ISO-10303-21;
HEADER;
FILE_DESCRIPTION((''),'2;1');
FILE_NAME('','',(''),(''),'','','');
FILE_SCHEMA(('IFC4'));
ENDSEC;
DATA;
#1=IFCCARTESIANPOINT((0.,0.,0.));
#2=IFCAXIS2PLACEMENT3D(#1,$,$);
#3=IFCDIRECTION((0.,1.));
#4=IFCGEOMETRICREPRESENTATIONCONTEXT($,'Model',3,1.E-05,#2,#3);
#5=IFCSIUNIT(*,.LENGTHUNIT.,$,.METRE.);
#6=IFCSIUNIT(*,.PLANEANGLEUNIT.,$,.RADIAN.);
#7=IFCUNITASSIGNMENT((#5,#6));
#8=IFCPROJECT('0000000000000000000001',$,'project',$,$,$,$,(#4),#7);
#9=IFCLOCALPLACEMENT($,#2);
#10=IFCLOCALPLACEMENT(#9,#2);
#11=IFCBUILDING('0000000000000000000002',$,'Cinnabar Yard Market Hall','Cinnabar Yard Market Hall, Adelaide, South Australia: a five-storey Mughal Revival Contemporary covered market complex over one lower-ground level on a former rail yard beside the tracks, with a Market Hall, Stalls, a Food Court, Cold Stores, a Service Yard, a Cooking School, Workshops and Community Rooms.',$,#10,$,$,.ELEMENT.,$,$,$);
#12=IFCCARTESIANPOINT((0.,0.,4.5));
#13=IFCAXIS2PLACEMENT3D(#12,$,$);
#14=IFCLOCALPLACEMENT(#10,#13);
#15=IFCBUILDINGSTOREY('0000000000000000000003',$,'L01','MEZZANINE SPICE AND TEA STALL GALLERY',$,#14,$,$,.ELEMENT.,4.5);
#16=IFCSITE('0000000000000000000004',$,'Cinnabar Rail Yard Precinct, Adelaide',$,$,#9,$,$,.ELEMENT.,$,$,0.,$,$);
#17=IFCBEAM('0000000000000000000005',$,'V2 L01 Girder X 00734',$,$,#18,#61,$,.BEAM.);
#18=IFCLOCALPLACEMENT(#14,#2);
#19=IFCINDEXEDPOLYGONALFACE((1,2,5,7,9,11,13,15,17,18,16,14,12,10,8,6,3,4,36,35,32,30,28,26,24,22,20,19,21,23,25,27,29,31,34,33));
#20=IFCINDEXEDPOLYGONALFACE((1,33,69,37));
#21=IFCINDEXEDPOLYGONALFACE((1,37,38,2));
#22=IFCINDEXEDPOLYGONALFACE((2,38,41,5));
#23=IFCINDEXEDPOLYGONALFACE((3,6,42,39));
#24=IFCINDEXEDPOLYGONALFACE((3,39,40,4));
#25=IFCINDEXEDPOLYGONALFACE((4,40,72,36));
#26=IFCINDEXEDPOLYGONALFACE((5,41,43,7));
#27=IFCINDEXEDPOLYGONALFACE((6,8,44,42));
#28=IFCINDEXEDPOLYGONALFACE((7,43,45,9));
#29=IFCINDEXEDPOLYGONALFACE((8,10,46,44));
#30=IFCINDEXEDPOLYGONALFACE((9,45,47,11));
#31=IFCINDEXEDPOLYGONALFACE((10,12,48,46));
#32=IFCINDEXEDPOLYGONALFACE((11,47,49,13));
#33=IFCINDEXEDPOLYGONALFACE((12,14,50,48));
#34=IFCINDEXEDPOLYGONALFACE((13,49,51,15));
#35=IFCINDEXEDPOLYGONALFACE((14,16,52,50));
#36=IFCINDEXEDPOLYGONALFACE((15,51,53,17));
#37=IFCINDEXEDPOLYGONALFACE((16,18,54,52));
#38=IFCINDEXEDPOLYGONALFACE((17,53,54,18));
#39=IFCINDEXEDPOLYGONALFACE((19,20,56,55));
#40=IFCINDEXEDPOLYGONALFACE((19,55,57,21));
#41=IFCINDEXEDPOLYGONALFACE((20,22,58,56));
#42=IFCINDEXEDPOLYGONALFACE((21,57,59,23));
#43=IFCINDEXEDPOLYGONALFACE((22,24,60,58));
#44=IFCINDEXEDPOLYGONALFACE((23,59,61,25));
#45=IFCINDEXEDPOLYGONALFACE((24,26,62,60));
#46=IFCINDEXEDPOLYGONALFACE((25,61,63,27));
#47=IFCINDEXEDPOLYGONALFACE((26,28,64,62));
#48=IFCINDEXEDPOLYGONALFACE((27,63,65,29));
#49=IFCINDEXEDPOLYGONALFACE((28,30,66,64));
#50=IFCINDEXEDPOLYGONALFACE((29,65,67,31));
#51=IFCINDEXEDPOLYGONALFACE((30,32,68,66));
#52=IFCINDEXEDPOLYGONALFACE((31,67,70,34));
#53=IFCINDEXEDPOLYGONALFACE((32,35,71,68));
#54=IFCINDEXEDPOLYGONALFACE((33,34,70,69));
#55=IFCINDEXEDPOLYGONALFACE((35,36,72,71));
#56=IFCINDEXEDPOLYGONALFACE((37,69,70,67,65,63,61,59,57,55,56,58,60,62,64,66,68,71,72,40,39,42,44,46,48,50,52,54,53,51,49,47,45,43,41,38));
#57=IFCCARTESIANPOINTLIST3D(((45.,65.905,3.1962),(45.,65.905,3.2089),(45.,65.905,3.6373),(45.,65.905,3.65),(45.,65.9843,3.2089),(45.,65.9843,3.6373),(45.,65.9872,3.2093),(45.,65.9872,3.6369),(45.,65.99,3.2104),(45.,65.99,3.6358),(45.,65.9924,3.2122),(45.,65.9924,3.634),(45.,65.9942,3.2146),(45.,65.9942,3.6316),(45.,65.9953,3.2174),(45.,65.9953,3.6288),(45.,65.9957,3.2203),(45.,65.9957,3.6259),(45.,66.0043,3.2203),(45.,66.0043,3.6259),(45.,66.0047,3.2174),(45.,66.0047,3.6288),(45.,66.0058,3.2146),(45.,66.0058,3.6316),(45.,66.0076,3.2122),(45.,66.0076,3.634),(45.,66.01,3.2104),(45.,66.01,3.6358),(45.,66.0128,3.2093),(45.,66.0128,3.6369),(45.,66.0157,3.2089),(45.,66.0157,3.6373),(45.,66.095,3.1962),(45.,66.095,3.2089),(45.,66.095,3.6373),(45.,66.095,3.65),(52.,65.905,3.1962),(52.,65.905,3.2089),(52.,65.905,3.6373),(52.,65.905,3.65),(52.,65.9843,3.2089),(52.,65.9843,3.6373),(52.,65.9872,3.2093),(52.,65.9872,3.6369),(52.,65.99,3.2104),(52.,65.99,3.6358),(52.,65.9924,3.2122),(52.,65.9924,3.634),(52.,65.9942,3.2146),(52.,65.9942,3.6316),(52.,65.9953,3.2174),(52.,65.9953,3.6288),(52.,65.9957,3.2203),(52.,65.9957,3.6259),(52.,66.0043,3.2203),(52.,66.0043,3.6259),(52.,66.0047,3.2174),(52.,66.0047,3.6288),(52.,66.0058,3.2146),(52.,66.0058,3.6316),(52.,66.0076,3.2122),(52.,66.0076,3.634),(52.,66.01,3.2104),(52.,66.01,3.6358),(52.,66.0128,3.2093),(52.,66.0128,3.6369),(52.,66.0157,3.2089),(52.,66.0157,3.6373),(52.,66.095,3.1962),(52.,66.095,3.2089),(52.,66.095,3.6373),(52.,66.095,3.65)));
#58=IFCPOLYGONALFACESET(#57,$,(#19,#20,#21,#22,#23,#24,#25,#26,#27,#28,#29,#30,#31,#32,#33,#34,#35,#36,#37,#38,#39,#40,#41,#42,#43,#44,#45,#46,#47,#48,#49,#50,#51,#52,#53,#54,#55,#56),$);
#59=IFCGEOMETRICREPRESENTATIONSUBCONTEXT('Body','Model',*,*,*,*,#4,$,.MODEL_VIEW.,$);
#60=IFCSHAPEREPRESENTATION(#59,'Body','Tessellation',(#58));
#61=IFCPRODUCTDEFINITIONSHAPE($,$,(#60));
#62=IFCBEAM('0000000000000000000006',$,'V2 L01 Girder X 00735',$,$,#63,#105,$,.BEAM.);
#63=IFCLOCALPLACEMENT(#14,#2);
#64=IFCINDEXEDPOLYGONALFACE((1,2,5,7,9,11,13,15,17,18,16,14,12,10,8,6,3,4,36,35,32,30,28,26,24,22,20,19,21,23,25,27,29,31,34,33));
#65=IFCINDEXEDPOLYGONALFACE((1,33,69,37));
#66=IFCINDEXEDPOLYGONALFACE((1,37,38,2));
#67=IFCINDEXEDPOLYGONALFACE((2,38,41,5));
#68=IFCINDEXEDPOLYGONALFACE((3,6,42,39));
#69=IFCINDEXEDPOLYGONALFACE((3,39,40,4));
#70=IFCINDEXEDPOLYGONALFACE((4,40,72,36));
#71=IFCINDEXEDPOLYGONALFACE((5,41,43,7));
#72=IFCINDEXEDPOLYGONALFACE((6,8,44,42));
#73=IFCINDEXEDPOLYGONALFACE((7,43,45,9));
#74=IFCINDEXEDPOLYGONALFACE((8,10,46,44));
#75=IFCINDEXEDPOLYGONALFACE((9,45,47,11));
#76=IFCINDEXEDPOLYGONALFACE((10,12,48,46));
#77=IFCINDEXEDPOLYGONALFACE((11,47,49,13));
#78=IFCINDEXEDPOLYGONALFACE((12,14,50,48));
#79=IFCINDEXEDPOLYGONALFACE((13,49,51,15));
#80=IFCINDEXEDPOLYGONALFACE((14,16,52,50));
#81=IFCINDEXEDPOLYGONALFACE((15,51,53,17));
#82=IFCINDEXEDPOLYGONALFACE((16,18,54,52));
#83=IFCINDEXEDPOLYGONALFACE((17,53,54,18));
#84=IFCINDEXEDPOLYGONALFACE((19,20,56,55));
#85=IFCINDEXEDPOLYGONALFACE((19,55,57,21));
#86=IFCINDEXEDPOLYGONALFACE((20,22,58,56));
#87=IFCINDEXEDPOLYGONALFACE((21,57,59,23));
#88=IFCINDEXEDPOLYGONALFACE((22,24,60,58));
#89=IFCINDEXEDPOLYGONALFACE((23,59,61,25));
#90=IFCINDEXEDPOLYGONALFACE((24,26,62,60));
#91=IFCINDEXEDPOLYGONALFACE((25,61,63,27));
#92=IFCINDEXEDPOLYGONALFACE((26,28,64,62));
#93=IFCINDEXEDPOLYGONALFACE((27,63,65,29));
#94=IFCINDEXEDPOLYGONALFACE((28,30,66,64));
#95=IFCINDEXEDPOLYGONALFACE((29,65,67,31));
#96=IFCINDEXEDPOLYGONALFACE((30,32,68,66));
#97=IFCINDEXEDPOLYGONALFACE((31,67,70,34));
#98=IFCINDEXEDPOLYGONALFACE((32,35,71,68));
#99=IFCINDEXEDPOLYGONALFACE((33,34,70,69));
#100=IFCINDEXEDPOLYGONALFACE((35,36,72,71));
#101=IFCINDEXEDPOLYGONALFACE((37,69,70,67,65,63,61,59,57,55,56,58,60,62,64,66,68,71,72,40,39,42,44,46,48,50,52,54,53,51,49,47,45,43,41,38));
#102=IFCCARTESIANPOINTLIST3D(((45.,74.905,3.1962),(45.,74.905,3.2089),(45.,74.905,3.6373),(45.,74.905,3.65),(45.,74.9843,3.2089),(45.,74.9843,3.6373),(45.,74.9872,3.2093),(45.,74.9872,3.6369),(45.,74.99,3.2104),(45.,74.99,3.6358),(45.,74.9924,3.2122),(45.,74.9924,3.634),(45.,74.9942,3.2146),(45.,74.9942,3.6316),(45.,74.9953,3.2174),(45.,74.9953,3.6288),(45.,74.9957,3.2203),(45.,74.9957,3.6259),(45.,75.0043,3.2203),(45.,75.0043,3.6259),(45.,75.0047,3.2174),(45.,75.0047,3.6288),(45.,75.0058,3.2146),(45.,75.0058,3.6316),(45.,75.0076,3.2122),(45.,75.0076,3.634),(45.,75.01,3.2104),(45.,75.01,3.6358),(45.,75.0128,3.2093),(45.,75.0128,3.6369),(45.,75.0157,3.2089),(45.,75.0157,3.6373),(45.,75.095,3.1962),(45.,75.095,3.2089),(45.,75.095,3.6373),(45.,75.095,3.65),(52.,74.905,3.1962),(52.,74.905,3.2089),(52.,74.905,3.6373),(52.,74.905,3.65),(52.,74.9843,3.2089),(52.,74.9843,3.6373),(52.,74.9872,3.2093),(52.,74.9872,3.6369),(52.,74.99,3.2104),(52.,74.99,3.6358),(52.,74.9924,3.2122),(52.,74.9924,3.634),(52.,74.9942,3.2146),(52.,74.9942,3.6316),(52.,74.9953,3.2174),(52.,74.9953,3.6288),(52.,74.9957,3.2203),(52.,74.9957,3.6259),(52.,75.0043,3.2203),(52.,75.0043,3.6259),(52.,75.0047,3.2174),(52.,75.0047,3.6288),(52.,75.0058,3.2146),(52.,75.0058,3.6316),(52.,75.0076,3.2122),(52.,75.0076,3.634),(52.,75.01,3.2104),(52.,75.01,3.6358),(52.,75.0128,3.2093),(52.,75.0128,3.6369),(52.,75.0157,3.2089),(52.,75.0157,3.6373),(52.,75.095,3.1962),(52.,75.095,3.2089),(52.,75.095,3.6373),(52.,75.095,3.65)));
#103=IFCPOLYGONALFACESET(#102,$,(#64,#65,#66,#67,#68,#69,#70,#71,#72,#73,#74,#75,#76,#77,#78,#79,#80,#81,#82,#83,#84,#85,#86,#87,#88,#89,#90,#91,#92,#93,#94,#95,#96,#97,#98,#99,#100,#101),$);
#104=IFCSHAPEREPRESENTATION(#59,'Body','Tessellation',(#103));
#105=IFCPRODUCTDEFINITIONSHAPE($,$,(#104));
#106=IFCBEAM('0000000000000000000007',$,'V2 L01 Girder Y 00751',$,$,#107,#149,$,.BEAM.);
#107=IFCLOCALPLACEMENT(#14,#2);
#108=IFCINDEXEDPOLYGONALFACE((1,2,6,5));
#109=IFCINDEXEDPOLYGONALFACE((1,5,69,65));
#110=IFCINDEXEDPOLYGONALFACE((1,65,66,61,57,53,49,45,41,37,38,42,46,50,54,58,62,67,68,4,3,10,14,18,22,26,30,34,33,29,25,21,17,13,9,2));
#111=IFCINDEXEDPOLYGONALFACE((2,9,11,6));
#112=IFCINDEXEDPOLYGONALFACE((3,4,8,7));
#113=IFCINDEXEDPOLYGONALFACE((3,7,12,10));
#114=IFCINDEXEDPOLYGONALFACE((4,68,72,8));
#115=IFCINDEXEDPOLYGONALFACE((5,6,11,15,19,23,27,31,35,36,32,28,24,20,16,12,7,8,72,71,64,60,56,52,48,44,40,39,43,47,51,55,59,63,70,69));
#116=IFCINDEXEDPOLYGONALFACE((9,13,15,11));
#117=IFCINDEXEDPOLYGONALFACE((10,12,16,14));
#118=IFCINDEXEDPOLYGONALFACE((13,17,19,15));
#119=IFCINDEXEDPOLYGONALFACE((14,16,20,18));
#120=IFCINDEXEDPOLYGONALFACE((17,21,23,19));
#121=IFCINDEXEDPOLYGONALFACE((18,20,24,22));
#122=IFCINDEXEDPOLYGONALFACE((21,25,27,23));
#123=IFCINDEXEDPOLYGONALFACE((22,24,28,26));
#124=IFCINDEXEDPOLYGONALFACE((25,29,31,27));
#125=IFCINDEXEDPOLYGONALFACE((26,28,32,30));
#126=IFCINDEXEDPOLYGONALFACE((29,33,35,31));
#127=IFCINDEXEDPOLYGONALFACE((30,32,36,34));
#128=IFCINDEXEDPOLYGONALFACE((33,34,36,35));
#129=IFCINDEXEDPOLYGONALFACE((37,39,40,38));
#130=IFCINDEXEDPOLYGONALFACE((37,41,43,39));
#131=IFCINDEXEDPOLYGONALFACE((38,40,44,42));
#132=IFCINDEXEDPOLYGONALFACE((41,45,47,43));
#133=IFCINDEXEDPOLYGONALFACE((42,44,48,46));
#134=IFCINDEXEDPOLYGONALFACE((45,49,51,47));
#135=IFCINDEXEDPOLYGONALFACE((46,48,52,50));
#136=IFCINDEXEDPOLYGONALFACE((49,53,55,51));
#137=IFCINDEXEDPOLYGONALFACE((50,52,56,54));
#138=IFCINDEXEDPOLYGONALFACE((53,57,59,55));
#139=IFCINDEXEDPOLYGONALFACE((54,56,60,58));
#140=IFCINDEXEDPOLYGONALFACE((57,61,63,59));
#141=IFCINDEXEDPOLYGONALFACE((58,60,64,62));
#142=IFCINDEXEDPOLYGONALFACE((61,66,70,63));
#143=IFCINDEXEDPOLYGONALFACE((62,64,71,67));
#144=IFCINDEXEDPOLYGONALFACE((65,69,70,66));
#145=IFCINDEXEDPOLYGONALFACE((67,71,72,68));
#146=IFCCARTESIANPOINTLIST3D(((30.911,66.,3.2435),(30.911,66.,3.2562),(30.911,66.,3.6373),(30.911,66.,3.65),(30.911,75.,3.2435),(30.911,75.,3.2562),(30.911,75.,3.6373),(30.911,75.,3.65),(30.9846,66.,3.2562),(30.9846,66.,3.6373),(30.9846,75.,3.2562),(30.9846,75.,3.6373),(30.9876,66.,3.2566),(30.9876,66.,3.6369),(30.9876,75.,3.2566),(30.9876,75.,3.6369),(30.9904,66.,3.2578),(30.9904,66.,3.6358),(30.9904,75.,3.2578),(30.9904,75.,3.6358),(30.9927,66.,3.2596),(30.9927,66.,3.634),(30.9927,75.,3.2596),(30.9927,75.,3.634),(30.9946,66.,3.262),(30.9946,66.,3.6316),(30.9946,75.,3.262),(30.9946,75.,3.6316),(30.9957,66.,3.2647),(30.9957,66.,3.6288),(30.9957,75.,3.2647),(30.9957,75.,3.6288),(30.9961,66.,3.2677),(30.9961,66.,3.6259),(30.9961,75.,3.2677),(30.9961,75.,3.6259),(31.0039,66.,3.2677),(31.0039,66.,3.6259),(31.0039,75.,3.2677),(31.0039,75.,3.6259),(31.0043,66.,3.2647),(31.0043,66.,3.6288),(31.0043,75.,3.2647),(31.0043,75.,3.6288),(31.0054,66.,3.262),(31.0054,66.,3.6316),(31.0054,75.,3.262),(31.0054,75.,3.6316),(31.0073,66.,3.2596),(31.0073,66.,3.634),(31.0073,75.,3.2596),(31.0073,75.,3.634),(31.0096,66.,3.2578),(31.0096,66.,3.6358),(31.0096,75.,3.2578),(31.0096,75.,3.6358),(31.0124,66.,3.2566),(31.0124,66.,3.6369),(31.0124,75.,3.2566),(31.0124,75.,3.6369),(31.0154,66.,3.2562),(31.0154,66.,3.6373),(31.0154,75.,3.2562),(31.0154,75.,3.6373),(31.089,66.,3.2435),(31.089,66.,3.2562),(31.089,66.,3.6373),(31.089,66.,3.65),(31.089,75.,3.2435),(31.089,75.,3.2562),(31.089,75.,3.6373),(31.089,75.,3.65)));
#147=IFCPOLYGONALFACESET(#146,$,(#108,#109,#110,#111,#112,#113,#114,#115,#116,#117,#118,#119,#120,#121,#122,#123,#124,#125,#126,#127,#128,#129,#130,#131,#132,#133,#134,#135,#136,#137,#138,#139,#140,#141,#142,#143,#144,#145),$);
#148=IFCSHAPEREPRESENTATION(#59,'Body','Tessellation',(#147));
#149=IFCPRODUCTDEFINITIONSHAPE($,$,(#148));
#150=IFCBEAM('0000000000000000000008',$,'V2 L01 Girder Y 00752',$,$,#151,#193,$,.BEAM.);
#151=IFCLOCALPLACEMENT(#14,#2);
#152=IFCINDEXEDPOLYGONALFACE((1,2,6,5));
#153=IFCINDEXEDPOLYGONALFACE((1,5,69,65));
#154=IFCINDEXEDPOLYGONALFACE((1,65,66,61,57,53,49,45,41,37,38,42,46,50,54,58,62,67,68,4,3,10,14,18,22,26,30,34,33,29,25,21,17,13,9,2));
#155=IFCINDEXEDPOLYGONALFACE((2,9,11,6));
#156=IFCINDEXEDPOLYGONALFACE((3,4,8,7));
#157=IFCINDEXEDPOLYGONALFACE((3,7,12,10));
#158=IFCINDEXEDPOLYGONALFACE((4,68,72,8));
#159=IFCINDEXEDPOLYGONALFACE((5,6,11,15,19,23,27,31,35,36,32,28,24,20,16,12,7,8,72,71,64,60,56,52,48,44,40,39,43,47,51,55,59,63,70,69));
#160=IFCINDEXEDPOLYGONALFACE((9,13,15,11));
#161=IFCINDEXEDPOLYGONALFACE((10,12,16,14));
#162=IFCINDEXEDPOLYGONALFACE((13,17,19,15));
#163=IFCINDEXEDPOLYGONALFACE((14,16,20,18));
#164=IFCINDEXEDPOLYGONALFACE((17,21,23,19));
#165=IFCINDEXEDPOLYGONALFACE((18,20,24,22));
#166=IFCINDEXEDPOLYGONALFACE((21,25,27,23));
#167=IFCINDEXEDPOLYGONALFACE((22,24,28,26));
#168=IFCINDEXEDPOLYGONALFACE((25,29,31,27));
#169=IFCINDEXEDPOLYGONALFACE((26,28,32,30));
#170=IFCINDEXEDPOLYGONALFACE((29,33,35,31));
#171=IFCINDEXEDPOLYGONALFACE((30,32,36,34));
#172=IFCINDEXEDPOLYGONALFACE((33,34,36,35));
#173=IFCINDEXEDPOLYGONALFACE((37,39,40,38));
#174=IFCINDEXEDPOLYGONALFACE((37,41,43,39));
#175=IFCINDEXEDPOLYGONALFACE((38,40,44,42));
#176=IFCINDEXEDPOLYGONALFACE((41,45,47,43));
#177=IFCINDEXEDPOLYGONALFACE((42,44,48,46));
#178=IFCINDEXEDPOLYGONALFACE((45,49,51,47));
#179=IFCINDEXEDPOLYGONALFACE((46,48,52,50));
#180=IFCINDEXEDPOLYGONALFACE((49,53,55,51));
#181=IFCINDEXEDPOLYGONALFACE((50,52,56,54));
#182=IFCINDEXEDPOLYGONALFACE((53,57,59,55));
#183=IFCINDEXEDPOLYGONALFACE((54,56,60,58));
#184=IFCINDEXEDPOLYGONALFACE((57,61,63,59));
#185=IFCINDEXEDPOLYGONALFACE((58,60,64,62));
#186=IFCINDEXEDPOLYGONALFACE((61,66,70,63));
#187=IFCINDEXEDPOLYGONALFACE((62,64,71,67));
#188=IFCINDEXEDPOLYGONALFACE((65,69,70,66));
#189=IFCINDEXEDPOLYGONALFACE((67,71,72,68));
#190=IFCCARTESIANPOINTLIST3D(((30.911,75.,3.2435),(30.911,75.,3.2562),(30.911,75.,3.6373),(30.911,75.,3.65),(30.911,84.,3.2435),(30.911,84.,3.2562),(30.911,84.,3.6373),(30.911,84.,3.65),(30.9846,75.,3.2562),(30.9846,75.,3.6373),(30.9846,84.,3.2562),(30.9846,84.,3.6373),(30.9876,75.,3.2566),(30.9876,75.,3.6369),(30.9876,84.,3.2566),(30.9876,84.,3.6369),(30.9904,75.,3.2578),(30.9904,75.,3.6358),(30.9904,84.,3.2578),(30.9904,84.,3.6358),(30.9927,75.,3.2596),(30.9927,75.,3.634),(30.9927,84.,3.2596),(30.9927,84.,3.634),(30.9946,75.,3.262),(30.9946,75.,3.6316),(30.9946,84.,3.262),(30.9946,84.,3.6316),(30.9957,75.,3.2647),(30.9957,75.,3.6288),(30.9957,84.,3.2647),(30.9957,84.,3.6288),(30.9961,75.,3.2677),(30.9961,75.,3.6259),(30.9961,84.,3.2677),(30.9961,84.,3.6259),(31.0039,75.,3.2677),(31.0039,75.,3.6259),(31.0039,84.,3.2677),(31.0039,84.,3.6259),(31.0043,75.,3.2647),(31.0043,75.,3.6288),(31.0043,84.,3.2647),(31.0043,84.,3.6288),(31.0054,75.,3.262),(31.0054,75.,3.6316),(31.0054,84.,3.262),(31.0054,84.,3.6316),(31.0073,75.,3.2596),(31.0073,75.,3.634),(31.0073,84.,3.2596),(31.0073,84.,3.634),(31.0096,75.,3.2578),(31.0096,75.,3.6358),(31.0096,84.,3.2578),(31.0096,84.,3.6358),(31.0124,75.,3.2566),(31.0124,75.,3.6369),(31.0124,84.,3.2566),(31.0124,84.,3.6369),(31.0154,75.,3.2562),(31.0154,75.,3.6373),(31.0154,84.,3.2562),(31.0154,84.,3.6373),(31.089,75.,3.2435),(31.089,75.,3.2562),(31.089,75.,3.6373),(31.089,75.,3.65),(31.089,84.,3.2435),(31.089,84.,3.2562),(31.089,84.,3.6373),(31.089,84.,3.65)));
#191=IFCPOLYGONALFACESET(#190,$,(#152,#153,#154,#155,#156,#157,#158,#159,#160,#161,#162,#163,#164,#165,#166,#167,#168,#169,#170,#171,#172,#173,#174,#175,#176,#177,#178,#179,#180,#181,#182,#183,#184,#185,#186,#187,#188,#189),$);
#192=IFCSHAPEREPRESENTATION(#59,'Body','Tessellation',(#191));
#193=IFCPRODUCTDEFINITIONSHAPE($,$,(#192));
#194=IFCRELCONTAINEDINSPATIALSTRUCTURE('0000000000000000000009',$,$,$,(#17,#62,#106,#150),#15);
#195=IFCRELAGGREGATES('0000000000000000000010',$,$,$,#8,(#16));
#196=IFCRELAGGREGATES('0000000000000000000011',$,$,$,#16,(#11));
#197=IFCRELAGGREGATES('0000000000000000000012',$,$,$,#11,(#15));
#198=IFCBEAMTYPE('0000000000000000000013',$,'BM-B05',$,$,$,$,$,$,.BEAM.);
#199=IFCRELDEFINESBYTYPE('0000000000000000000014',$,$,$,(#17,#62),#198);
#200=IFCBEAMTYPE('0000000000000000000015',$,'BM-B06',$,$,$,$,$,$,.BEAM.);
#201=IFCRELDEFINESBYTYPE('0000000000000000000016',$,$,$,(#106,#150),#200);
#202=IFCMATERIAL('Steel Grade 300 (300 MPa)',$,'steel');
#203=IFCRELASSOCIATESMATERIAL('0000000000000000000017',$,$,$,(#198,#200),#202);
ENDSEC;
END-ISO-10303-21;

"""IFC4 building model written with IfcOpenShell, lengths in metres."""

from ifc_helpers import new_model, si_unit, direction, frame, origin, origin_2d_with_axis, place, context, subcontext, project, spatial, i_section, extrude, material, material_profile, profile_set, type_object, element, save


model = new_model("IFC4")

# Units and contexts
model_context = context("Model", 3, precision=1e-05, world=origin(), true_north=direction((0.0, 1.0)))
body_context = subcontext(model_context, "Body", "Model", "MODEL_VIEW")
ifc_project = project(units=[si_unit("LENGTHUNIT", "METRE"), si_unit("PLANEANGLEUNIT", "RADIAN")], contexts=[model_context])

# Site, building, storey
site_placement = place(None, origin())
site = spatial("IfcSite", under=ifc_project, at=site_placement, Name="Cinnabar Rail Yard Precinct, Adelaide", CompositionType="ELEMENT", RefElevation=0.0)
building_placement = place(site_placement, origin())
building = spatial("IfcBuilding", under=site, at=building_placement, Name="Cinnabar Yard Market Hall", Description="Cinnabar Yard Market Hall, Adelaide, South Australia: a five-storey Mughal Revival Contemporary covered market complex over one lower-ground level on a former rail yard beside the tracks, with a Market Hall, Stalls, a Food Court, Cold Stores, a Service Yard, a Cooking School, Workshops and Community Rooms.", CompositionType="ELEMENT")
storey_placement = place(building_placement, frame((0.0, 0.0, 4.5)))
storey = spatial("IfcBuildingStorey", under=building, at=storey_placement, Name="L01", Description="MEZZANINE SPICE AND TEA STALL GALLERY", CompositionType="ELEMENT", Elevation=4.5)

# Shared definitions
ifc_material_1 = material(Name="Steel Grade 300 (300 MPa)", Category="steel")

# Beams
ifc_material_profile_1 = material_profile(ifc_material_1, i_section(OverallWidth=0.1899, OverallDepth=0.4539, WebThickness=0.0085, FlangeThickness=0.0127, FilletRadius=0.0115, at=origin_2d_with_axis()), Name="460UB67.1")
ifc_profile_set_1 = profile_set([ifc_material_profile_1], Name="Steel Grade 300 (300 MPa)")
beam_type_1 = type_object("IfcBeamType", Name="BM-B05", PredefinedType="BEAM", material=ifc_profile_set_1)
for number, where, z_axis, x_axis, name in (
    (1, (45.0, 66.0, 3.4231), (1.0, 0.0, 0.0), (0.0, 1.0, 0.0), "V2 L01 Girder X 00734"),
    (2, (45.0, 75.0, 3.4231), (1.0, 0.0, 0.0), (0.0, 1.0, 0.0), "V2 L01 Girder X 00735"),
):
    element("IfcBeam", number, at=place(storey_placement, frame(where, z_axis=z_axis, x_axis=x_axis)), inside=storey, type_object=beam_type_1, Name=name, PredefinedType="BEAM", context=body_context, shape_type="SweptSolid", body=[
        extrude(i_section(OverallWidth=0.1899, OverallDepth=0.4539, WebThickness=0.0085, FlangeThickness=0.0127, FilletRadius=0.0115, at=origin_2d_with_axis()), origin(), (0.0, 0.0, 1.0), 7.0),
    ])
ifc_material_profile_2 = material_profile(ifc_material_1, i_section(OverallWidth=0.178, OverallDepth=0.4065, WebThickness=0.0078, FlangeThickness=0.0127, FilletRadius=0.0115, at=origin_2d_with_axis()), Name="410UB59.7")
ifc_profile_set_2 = profile_set([ifc_material_profile_2], Name="Steel Grade 300 (300 MPa)")
beam_type_2 = type_object("IfcBeamType", Name="BM-B06", PredefinedType="BEAM", material=ifc_profile_set_2)
for number, where, z_axis, x_axis, name in (
    (3, (31.0, 66.0, 3.4468), (0.0, 1.0, 0.0), (-1.0, 0.0, 0.0), "V2 L01 Girder Y 00751"),
    (4, (31.0, 75.0, 3.4468), (0.0, 1.0, 0.0), (-1.0, 0.0, 0.0), "V2 L01 Girder Y 00752"),
):
    element("IfcBeam", number, at=place(storey_placement, frame(where, z_axis=z_axis, x_axis=x_axis)), inside=storey, type_object=beam_type_2, Name=name, PredefinedType="BEAM", context=body_context, shape_type="SweptSolid", body=[
        extrude(i_section(OverallWidth=0.178, OverallDepth=0.4065, WebThickness=0.0078, FlangeThickness=0.0127, FilletRadius=0.0115, at=origin_2d_with_axis()), origin(), (0.0, 0.0, 1.0), 9.0),
    ])

save(model, "model.ifc")
